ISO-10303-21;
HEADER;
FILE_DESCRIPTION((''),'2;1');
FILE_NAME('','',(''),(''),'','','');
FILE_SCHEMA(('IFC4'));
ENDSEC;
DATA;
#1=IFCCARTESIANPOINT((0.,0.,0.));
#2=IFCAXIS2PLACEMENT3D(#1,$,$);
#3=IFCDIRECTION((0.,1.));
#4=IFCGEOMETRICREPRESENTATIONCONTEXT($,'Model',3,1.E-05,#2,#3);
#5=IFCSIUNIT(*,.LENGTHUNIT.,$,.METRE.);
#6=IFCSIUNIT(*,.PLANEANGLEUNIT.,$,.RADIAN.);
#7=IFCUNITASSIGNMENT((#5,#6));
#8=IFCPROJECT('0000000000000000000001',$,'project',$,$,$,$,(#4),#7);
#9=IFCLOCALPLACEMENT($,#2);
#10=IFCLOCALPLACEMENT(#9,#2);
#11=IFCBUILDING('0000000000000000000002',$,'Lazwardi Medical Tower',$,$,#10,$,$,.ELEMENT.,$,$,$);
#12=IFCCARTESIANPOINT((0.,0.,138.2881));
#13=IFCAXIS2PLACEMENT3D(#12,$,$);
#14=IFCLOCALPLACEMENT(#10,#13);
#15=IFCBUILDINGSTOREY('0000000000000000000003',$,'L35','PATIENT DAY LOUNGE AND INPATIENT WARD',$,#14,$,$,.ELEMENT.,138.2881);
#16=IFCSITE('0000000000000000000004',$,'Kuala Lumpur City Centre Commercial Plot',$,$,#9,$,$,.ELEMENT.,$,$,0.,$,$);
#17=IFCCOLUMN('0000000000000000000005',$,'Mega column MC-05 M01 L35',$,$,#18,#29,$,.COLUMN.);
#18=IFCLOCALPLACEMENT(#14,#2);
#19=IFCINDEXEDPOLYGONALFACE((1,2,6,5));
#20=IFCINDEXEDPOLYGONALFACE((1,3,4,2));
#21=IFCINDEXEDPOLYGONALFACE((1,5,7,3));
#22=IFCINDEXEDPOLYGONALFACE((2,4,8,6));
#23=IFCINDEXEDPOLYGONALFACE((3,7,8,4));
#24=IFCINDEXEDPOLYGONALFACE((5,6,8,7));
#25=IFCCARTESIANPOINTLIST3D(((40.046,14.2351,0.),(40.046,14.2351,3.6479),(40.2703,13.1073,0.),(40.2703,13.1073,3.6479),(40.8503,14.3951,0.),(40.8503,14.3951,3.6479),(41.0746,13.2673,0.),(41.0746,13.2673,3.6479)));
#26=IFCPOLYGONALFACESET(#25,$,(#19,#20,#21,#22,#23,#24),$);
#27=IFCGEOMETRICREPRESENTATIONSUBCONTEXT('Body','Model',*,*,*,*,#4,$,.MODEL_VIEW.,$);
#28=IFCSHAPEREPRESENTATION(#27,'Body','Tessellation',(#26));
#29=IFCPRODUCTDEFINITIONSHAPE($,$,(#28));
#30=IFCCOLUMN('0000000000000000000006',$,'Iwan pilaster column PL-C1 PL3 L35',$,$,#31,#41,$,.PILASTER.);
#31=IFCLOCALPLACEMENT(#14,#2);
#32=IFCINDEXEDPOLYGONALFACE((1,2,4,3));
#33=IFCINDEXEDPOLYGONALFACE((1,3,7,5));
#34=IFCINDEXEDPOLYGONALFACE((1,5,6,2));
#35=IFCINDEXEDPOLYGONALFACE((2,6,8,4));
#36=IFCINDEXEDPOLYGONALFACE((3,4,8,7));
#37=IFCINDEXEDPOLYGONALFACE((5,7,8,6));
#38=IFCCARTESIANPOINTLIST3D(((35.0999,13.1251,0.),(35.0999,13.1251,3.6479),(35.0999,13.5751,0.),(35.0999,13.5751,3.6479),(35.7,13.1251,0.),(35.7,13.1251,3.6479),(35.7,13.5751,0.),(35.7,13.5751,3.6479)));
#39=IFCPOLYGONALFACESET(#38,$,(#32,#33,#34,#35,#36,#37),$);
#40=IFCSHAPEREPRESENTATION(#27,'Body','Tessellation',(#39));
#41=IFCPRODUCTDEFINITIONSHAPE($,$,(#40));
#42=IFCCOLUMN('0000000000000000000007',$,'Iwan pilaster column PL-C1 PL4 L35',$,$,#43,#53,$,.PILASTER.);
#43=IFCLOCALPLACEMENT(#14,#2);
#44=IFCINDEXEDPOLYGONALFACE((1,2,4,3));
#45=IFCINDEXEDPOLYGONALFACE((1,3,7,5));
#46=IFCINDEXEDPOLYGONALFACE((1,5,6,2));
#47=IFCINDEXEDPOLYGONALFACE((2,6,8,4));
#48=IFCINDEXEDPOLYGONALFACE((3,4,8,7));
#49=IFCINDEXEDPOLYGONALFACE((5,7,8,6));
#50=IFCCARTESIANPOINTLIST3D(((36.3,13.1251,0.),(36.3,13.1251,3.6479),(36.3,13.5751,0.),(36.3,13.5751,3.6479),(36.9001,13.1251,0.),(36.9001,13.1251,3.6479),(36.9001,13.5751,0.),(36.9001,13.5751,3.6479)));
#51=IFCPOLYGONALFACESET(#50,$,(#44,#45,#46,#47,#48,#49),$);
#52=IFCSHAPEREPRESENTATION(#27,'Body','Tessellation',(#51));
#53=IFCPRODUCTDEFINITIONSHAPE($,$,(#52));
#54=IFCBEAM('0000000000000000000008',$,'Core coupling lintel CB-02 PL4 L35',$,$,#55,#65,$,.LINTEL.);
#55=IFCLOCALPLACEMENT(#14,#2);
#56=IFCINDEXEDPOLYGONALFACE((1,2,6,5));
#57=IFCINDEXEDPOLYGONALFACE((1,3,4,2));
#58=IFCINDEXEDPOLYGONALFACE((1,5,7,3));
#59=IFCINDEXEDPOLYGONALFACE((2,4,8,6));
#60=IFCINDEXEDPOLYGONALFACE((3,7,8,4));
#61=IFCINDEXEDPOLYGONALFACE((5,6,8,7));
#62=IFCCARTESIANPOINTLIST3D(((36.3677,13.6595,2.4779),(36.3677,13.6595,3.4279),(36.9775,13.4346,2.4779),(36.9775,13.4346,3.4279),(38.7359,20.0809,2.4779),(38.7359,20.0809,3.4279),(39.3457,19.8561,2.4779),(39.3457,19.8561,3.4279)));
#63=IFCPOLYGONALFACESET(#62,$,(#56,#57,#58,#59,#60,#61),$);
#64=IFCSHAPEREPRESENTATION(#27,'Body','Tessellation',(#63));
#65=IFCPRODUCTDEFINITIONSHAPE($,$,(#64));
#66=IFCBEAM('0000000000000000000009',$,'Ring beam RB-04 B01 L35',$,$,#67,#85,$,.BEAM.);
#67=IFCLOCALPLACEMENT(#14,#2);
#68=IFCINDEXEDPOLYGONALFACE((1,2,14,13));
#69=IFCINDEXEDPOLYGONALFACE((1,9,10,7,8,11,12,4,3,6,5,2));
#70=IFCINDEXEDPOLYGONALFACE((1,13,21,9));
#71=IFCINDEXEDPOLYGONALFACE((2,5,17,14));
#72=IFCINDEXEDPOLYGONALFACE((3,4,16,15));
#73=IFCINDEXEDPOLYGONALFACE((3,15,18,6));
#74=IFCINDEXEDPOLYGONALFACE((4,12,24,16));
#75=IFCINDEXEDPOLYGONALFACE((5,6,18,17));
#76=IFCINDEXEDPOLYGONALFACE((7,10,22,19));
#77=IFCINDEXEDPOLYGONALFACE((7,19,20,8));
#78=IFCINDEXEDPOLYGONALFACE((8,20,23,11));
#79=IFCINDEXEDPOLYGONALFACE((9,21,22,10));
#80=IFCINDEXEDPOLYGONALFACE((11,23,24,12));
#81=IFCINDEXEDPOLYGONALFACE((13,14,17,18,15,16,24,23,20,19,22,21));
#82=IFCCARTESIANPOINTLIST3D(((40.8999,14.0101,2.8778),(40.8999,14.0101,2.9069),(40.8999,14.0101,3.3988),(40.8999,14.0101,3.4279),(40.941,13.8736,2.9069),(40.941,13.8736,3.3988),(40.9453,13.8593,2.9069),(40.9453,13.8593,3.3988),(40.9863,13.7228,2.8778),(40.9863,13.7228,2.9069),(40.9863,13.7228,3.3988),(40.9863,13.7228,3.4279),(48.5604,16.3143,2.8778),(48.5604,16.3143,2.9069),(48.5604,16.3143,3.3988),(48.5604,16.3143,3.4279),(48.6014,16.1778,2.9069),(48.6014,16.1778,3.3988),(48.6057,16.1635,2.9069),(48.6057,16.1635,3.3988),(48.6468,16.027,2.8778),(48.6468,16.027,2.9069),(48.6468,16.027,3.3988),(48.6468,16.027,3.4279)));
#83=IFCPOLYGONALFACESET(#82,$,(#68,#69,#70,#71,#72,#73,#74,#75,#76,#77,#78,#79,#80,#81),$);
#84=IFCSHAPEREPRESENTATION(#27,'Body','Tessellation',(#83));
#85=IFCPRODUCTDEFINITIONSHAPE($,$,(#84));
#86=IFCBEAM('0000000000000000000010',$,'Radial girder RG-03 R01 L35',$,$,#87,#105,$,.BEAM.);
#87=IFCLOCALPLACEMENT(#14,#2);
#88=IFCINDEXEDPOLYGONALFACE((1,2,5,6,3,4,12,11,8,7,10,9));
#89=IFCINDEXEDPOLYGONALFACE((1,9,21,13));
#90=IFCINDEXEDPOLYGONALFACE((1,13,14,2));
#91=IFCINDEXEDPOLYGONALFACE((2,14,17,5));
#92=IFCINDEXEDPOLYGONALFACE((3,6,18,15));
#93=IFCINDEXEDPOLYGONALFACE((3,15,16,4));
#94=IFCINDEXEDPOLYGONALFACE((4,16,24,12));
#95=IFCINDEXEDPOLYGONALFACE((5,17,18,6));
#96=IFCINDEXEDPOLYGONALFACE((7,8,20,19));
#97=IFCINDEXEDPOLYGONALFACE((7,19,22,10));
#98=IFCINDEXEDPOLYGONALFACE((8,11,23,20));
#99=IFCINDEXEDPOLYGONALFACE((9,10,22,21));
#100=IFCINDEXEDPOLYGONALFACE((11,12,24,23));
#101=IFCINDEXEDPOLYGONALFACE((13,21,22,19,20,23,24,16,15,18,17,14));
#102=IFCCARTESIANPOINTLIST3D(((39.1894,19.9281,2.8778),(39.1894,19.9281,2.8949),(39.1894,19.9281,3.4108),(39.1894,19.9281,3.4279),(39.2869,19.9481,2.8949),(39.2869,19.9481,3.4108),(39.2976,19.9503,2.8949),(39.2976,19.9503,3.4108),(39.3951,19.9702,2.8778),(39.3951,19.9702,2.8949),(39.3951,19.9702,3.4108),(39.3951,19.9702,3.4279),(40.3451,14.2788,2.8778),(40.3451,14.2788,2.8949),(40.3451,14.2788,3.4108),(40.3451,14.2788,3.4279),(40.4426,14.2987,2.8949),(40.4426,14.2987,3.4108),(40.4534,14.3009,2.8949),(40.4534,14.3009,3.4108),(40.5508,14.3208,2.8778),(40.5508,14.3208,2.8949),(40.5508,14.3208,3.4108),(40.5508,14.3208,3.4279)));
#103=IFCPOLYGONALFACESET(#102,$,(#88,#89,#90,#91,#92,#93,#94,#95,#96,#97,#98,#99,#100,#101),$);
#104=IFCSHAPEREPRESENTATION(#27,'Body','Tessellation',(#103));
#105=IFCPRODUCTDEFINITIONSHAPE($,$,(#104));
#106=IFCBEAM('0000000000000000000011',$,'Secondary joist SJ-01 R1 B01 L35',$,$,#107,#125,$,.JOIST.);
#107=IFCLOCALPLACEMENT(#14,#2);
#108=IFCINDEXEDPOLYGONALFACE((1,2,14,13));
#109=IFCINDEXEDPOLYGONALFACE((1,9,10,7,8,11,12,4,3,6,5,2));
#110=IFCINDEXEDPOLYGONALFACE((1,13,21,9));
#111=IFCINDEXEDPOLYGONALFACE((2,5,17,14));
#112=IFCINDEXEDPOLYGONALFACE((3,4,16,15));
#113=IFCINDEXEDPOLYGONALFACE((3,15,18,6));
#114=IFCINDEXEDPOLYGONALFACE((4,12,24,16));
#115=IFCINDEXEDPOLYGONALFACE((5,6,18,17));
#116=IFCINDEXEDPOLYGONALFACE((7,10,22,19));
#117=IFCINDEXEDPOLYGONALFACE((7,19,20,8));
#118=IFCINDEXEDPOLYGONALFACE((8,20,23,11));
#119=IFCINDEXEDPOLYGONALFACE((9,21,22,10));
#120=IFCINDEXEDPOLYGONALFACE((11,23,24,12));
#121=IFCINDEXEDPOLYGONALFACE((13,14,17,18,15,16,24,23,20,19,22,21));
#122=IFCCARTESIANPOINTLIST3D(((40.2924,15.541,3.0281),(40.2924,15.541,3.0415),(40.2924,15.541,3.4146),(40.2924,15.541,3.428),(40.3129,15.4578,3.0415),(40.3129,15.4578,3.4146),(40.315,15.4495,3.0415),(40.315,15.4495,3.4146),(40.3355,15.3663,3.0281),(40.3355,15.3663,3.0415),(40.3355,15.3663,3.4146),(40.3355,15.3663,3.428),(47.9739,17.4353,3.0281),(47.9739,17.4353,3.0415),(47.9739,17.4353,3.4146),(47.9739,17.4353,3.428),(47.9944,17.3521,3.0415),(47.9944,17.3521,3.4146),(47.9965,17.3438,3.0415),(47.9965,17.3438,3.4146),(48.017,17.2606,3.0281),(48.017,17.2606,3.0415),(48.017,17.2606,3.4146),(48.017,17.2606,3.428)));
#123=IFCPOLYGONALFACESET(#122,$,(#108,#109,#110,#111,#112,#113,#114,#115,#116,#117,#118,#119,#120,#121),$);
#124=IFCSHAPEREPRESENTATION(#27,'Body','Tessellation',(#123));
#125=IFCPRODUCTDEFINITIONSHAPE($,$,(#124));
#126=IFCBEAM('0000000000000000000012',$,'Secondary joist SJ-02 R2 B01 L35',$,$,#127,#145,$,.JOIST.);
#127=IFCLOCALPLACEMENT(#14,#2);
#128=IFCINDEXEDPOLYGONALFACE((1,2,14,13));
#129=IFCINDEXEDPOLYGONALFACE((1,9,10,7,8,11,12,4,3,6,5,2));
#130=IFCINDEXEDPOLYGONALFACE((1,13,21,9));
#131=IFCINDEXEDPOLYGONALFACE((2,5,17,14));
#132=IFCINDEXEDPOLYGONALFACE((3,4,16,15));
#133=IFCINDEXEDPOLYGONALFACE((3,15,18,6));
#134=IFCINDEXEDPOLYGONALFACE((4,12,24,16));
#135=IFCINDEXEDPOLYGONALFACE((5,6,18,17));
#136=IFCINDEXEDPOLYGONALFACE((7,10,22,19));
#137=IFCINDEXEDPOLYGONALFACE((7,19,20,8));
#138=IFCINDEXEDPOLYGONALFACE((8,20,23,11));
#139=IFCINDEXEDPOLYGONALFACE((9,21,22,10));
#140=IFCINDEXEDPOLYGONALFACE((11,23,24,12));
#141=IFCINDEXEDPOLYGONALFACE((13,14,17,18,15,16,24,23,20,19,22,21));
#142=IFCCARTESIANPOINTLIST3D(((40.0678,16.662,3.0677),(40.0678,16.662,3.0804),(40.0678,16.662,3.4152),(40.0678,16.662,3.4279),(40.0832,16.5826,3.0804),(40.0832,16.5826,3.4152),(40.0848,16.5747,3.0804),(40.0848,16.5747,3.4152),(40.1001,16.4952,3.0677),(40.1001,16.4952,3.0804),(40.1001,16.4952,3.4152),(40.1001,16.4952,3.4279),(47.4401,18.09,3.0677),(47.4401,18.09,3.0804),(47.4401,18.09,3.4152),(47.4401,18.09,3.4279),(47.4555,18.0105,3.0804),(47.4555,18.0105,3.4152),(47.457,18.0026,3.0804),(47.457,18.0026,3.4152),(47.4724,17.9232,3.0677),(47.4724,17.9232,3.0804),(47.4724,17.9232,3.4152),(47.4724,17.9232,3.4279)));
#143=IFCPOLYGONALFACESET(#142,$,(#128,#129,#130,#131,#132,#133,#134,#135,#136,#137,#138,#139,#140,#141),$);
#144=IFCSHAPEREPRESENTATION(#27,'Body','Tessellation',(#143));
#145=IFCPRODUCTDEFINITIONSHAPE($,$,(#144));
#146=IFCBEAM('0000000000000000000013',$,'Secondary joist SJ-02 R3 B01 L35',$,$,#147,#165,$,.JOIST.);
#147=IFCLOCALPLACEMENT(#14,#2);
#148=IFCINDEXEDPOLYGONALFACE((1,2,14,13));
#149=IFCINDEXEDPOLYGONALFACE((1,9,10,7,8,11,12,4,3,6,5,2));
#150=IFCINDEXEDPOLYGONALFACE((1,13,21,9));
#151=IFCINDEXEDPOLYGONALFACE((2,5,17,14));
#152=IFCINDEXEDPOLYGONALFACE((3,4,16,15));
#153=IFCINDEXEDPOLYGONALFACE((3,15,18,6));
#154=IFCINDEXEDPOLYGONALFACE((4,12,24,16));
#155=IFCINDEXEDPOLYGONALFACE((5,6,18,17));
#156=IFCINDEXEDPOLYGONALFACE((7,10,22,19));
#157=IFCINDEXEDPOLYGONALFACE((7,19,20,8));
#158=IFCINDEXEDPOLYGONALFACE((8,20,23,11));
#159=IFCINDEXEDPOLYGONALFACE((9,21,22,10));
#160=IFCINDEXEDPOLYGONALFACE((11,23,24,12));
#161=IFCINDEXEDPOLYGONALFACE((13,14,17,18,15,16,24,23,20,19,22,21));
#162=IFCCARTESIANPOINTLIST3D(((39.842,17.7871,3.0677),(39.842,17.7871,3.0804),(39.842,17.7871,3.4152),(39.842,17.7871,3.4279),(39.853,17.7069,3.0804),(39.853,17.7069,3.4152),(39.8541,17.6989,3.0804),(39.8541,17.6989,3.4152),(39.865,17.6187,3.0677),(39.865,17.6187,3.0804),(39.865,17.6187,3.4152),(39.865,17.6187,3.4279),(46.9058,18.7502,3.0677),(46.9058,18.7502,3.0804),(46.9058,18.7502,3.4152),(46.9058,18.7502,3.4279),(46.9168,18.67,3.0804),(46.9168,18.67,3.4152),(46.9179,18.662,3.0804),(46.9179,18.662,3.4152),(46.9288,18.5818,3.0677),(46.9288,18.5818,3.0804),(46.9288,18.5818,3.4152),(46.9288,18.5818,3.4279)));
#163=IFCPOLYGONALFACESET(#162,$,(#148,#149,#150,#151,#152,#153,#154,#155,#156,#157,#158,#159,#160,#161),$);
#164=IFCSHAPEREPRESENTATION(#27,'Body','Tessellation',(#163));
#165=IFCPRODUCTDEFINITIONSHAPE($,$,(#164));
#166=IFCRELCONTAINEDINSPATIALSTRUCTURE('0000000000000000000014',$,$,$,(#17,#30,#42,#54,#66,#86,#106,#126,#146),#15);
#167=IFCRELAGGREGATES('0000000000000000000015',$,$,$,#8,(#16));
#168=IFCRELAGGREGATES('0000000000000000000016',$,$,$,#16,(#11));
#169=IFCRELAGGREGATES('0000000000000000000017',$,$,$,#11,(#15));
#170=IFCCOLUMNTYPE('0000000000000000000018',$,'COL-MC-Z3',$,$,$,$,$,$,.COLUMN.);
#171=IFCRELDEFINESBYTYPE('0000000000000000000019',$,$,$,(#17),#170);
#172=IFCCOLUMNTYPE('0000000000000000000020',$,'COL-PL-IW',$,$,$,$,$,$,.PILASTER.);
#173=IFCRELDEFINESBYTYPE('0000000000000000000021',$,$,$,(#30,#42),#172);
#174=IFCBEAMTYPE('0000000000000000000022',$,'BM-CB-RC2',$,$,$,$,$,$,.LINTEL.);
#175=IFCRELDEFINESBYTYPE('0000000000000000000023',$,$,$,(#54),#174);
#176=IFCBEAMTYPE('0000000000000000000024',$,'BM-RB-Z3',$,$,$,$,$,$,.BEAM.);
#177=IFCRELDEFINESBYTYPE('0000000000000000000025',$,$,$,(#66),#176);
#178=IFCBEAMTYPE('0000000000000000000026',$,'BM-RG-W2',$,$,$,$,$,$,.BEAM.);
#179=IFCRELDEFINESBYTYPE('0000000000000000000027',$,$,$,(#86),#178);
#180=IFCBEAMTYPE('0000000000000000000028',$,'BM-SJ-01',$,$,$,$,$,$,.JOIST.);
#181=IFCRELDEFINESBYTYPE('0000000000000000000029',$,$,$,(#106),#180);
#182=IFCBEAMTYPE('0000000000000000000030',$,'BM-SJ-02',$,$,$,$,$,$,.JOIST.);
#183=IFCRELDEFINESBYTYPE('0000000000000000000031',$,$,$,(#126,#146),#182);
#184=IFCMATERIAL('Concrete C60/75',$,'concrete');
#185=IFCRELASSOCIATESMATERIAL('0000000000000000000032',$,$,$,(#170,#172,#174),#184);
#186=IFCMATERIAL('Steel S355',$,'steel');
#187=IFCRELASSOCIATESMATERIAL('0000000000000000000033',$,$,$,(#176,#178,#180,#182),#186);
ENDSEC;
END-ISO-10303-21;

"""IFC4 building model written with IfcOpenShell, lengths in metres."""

from ifc_helpers import new_model, si_unit, direction, frame, origin, origin_2d, place, context, subcontext, project, spatial, rectangle, i_section, extrude, material, material_profile, profile_set, type_object, element, save


model = new_model("IFC4")

# Units and contexts
model_context = context("Model", 3, precision=1e-05, world=origin(), true_north=direction((0.0, 1.0)))
body_context = subcontext(model_context, "Body", "Model", "MODEL_VIEW")
ifc_project = project(units=[si_unit("LENGTHUNIT", "METRE"), si_unit("PLANEANGLEUNIT", "RADIAN")], contexts=[model_context])

# Site, building, storey
site_placement = place(None, origin())
site = spatial("IfcSite", under=ifc_project, at=site_placement, Name="Kuala Lumpur City Centre Commercial Plot", CompositionType="ELEMENT", RefElevation=0.0)
building_placement = place(site_placement, origin())
building = spatial("IfcBuilding", under=site, at=building_placement, Name="Lazwardi Medical Tower", CompositionType="ELEMENT")
storey_placement = place(building_placement, frame((0.0, 0.0, 138.2881)))
storey = spatial("IfcBuildingStorey", under=building, at=storey_placement, Name="L35", Description="PATIENT DAY LOUNGE AND INPATIENT WARD", CompositionType="ELEMENT", Elevation=138.2881)

# Columns
ifc_material_1 = material(Name="Concrete C60/75", Category="concrete")
ifc_material_profile_1 = material_profile(ifc_material_1, rectangle(XDim=1.1499, YDim=0.8201, at=origin_2d()), Name="CFT-RECT 1150x820")
ifc_profile_set_1 = profile_set([ifc_material_profile_1], Name="Concrete C60/75")
column_type_1 = type_object("IfcColumnType", Name="COL-MC-Z3", PredefinedType="COLUMN", material=ifc_profile_set_1)
column_placement = place(storey_placement, frame((40.5603, 13.7512, 0.0), z_axis=(0.0, 0.0, 1.0), x_axis=(0.19509, -0.980785, 0.0)))
element("IfcColumn", 1, at=column_placement, inside=storey, type_object=column_type_1, Name="Mega column MC-05 M01 L35", PredefinedType="COLUMN", context=body_context, shape_type="SweptSolid", body=[
    extrude(rectangle(XDim=1.1499, YDim=0.8201, at=origin_2d()), origin(), (0.0, 0.0, 1.0), 3.6479),
])
ifc_material_profile_2 = material_profile(ifc_material_1, rectangle(XDim=0.6001, YDim=0.45, at=origin_2d()), Name="RC 600x450")
ifc_profile_set_2 = profile_set([ifc_material_profile_2], Name="Concrete C60/75")
column_type_2 = type_object("IfcColumnType", Name="COL-PL-IW", PredefinedType="PILASTER", material=ifc_profile_set_2)
for number, where, z_axis, x_axis, name in (
    (2, (35.3999, 13.3501, 0.0), (0.0, 0.0, 1.0), (1.0, 0.0, 0.0), "Iwan pilaster column PL-C1 PL3 L35"),
    (3, (36.6001, 13.3501, 0.0), (0.0, 0.0, 1.0), (1.0, 0.0, 0.0), "Iwan pilaster column PL-C1 PL4 L35"),
):
    element("IfcColumn", number, at=place(storey_placement, frame(where, z_axis=z_axis, x_axis=x_axis)), inside=storey, type_object=column_type_2, Name=name, PredefinedType="PILASTER", context=body_context, shape_type="SweptSolid", body=[
        extrude(rectangle(XDim=0.6001, YDim=0.45, at=origin_2d()), origin(), (0.0, 0.0, 1.0), 3.6479),
    ])

# Beams
ifc_material_profile_3 = material_profile(ifc_material_1, rectangle(XDim=0.6499, YDim=0.95, at=origin_2d()), Name="RC 650x950")
ifc_profile_set_3 = profile_set([ifc_material_profile_3], Name="Concrete C60/75")
beam_type_1 = type_object("IfcBeamType", Name="BM-CB-RC2", PredefinedType="LINTEL", material=ifc_profile_set_3)
beam_1_placement = place(storey_placement, frame((39.0408, 19.9685, 2.9529), z_axis=(-0.346013, -0.93823, 0.0), x_axis=(0.93823, -0.346013, 0.0)))
element("IfcBeam", 4, at=beam_1_placement, inside=storey, type_object=beam_type_1, Name="Core coupling lintel CB-02 PL4 L35", PredefinedType="LINTEL", context=body_context, shape_type="SweptSolid", body=[
    extrude(rectangle(XDim=0.6499, YDim=0.95, at=origin_2d()), origin(), (0.0, 0.0, 1.0), 6.8442),
])
ifc_material_2 = material(Name="Steel S355", Category="steel")
ifc_material_profile_4 = material_profile(ifc_material_2, i_section(OverallWidth=0.3, OverallDepth=0.55, WebThickness=0.0149, FlangeThickness=0.0291, at=origin_2d()), Name="HEB 550")
ifc_profile_set_4 = profile_set([ifc_material_profile_4], Name="Steel S355")
beam_type_2 = type_object("IfcBeamType", Name="BM-RB-Z3", PredefinedType="BEAM", material=ifc_profile_set_4)
beam_2_placement = place(storey_placement, frame((40.9431, 13.8665, 3.1528), z_axis=(0.957617, 0.288045, 0.0), x_axis=(-0.288045, 0.957617, 0.0)))
element("IfcBeam", 5, at=beam_2_placement, inside=storey, type_object=beam_type_2, Name="Ring beam RB-04 B01 L35", PredefinedType="BEAM", context=body_context, shape_type="SweptSolid", body=[
    extrude(i_section(OverallWidth=0.3, OverallDepth=0.55, WebThickness=0.0149, FlangeThickness=0.0291, at=origin_2d()), origin(), (0.0, 0.0, 1.0), 7.9995),
])
ifc_material_profile_5 = material_profile(ifc_material_2, i_section(OverallWidth=0.21, OverallDepth=0.55, WebThickness=0.011, FlangeThickness=0.0171, at=origin_2d()), Name="IPE 550")
ifc_profile_set_5 = profile_set([ifc_material_profile_5], Name="Steel S355")
beam_type_3 = type_object("IfcBeamType", Name="BM-RG-W2", PredefinedType="BEAM", material=ifc_profile_set_5)
beam_3_placement = place(storey_placement, frame((40.448, 14.2998, 3.1528), z_axis=(-0.200429, 0.979708, 0.0), x_axis=(-0.979708, -0.200429, 0.0)))
element("IfcBeam", 6, at=beam_3_placement, inside=storey, type_object=beam_type_3, Name="Radial girder RG-03 R01 L35", PredefinedType="BEAM", context=body_context, shape_type="SweptSolid", body=[
    extrude(i_section(OverallWidth=0.21, OverallDepth=0.55, WebThickness=0.011, FlangeThickness=0.0171, at=origin_2d()), origin(), (0.0, 0.0, 1.0), 5.7664),
])
ifc_material_profile_6 = material_profile(ifc_material_2, i_section(OverallWidth=0.1799, OverallDepth=0.3999, WebThickness=0.0085, FlangeThickness=0.0134, at=origin_2d()), Name="IPE 400")
ifc_profile_set_6 = profile_set([ifc_material_profile_6], Name="Steel S355")
beam_type_4 = type_object("IfcBeamType", Name="BM-SJ-01", PredefinedType="JOIST", material=ifc_profile_set_6)
beam_4_placement = place(storey_placement, frame((40.314, 15.4536, 3.228), z_axis=(0.970913, 0.239434, 0.0), x_axis=(-0.239434, 0.970913, 0.0)))
element("IfcBeam", 7, at=beam_4_placement, inside=storey, type_object=beam_type_4, Name="Secondary joist SJ-01 R1 B01 L35", PredefinedType="JOIST", context=body_context, shape_type="SweptSolid", body=[
    extrude(i_section(OverallWidth=0.1799, OverallDepth=0.3999, WebThickness=0.0085, FlangeThickness=0.0134, at=origin_2d()), origin(), (0.0, 0.0, 1.0), 7.9116),
])
ifc_material_profile_7 = material_profile(ifc_material_2, i_section(OverallWidth=0.1699, OverallDepth=0.3601, WebThickness=0.0081, FlangeThickness=0.0127, at=origin_2d()), Name="IPE 360")
ifc_profile_set_7 = profile_set([ifc_material_profile_7], Name="Steel S355")
beam_type_5 = type_object("IfcBeamType", Name="BM-SJ-02", PredefinedType="JOIST", material=ifc_profile_set_7)
beam_5_placement = place(storey_placement, frame((40.084, 16.5786, 3.2478), z_axis=(0.981753, 0.19016, 0.0), x_axis=(-0.19016, 0.981753, 0.0)))
element("IfcBeam", 8, at=beam_5_placement, inside=storey, type_object=beam_type_5, Name="Secondary joist SJ-02 R2 B01 L35", PredefinedType="JOIST", context=body_context, shape_type="SweptSolid", body=[
    extrude(i_section(OverallWidth=0.1699, OverallDepth=0.3601, WebThickness=0.0081, FlangeThickness=0.0127, at=origin_2d()), origin(), (0.0, 0.0, 1.0), 7.5093),
])
beam_6_placement = place(storey_placement, frame((39.8535, 17.7029, 3.2478), z_axis=(0.990832, 0.135099, 0.0), x_axis=(-0.135099, 0.990832, 0.0)))
element("IfcBeam", 9, at=beam_6_placement, inside=storey, type_object=beam_type_5, Name="Secondary joist SJ-02 R3 B01 L35", PredefinedType="JOIST", context=body_context, shape_type="SweptSolid", body=[
    extrude(i_section(OverallWidth=0.1699, OverallDepth=0.3601, WebThickness=0.0081, FlangeThickness=0.0127, at=origin_2d()), origin(), (0.0, 0.0, 1.0), 7.1292),
])

save(model, "model.ifc")
